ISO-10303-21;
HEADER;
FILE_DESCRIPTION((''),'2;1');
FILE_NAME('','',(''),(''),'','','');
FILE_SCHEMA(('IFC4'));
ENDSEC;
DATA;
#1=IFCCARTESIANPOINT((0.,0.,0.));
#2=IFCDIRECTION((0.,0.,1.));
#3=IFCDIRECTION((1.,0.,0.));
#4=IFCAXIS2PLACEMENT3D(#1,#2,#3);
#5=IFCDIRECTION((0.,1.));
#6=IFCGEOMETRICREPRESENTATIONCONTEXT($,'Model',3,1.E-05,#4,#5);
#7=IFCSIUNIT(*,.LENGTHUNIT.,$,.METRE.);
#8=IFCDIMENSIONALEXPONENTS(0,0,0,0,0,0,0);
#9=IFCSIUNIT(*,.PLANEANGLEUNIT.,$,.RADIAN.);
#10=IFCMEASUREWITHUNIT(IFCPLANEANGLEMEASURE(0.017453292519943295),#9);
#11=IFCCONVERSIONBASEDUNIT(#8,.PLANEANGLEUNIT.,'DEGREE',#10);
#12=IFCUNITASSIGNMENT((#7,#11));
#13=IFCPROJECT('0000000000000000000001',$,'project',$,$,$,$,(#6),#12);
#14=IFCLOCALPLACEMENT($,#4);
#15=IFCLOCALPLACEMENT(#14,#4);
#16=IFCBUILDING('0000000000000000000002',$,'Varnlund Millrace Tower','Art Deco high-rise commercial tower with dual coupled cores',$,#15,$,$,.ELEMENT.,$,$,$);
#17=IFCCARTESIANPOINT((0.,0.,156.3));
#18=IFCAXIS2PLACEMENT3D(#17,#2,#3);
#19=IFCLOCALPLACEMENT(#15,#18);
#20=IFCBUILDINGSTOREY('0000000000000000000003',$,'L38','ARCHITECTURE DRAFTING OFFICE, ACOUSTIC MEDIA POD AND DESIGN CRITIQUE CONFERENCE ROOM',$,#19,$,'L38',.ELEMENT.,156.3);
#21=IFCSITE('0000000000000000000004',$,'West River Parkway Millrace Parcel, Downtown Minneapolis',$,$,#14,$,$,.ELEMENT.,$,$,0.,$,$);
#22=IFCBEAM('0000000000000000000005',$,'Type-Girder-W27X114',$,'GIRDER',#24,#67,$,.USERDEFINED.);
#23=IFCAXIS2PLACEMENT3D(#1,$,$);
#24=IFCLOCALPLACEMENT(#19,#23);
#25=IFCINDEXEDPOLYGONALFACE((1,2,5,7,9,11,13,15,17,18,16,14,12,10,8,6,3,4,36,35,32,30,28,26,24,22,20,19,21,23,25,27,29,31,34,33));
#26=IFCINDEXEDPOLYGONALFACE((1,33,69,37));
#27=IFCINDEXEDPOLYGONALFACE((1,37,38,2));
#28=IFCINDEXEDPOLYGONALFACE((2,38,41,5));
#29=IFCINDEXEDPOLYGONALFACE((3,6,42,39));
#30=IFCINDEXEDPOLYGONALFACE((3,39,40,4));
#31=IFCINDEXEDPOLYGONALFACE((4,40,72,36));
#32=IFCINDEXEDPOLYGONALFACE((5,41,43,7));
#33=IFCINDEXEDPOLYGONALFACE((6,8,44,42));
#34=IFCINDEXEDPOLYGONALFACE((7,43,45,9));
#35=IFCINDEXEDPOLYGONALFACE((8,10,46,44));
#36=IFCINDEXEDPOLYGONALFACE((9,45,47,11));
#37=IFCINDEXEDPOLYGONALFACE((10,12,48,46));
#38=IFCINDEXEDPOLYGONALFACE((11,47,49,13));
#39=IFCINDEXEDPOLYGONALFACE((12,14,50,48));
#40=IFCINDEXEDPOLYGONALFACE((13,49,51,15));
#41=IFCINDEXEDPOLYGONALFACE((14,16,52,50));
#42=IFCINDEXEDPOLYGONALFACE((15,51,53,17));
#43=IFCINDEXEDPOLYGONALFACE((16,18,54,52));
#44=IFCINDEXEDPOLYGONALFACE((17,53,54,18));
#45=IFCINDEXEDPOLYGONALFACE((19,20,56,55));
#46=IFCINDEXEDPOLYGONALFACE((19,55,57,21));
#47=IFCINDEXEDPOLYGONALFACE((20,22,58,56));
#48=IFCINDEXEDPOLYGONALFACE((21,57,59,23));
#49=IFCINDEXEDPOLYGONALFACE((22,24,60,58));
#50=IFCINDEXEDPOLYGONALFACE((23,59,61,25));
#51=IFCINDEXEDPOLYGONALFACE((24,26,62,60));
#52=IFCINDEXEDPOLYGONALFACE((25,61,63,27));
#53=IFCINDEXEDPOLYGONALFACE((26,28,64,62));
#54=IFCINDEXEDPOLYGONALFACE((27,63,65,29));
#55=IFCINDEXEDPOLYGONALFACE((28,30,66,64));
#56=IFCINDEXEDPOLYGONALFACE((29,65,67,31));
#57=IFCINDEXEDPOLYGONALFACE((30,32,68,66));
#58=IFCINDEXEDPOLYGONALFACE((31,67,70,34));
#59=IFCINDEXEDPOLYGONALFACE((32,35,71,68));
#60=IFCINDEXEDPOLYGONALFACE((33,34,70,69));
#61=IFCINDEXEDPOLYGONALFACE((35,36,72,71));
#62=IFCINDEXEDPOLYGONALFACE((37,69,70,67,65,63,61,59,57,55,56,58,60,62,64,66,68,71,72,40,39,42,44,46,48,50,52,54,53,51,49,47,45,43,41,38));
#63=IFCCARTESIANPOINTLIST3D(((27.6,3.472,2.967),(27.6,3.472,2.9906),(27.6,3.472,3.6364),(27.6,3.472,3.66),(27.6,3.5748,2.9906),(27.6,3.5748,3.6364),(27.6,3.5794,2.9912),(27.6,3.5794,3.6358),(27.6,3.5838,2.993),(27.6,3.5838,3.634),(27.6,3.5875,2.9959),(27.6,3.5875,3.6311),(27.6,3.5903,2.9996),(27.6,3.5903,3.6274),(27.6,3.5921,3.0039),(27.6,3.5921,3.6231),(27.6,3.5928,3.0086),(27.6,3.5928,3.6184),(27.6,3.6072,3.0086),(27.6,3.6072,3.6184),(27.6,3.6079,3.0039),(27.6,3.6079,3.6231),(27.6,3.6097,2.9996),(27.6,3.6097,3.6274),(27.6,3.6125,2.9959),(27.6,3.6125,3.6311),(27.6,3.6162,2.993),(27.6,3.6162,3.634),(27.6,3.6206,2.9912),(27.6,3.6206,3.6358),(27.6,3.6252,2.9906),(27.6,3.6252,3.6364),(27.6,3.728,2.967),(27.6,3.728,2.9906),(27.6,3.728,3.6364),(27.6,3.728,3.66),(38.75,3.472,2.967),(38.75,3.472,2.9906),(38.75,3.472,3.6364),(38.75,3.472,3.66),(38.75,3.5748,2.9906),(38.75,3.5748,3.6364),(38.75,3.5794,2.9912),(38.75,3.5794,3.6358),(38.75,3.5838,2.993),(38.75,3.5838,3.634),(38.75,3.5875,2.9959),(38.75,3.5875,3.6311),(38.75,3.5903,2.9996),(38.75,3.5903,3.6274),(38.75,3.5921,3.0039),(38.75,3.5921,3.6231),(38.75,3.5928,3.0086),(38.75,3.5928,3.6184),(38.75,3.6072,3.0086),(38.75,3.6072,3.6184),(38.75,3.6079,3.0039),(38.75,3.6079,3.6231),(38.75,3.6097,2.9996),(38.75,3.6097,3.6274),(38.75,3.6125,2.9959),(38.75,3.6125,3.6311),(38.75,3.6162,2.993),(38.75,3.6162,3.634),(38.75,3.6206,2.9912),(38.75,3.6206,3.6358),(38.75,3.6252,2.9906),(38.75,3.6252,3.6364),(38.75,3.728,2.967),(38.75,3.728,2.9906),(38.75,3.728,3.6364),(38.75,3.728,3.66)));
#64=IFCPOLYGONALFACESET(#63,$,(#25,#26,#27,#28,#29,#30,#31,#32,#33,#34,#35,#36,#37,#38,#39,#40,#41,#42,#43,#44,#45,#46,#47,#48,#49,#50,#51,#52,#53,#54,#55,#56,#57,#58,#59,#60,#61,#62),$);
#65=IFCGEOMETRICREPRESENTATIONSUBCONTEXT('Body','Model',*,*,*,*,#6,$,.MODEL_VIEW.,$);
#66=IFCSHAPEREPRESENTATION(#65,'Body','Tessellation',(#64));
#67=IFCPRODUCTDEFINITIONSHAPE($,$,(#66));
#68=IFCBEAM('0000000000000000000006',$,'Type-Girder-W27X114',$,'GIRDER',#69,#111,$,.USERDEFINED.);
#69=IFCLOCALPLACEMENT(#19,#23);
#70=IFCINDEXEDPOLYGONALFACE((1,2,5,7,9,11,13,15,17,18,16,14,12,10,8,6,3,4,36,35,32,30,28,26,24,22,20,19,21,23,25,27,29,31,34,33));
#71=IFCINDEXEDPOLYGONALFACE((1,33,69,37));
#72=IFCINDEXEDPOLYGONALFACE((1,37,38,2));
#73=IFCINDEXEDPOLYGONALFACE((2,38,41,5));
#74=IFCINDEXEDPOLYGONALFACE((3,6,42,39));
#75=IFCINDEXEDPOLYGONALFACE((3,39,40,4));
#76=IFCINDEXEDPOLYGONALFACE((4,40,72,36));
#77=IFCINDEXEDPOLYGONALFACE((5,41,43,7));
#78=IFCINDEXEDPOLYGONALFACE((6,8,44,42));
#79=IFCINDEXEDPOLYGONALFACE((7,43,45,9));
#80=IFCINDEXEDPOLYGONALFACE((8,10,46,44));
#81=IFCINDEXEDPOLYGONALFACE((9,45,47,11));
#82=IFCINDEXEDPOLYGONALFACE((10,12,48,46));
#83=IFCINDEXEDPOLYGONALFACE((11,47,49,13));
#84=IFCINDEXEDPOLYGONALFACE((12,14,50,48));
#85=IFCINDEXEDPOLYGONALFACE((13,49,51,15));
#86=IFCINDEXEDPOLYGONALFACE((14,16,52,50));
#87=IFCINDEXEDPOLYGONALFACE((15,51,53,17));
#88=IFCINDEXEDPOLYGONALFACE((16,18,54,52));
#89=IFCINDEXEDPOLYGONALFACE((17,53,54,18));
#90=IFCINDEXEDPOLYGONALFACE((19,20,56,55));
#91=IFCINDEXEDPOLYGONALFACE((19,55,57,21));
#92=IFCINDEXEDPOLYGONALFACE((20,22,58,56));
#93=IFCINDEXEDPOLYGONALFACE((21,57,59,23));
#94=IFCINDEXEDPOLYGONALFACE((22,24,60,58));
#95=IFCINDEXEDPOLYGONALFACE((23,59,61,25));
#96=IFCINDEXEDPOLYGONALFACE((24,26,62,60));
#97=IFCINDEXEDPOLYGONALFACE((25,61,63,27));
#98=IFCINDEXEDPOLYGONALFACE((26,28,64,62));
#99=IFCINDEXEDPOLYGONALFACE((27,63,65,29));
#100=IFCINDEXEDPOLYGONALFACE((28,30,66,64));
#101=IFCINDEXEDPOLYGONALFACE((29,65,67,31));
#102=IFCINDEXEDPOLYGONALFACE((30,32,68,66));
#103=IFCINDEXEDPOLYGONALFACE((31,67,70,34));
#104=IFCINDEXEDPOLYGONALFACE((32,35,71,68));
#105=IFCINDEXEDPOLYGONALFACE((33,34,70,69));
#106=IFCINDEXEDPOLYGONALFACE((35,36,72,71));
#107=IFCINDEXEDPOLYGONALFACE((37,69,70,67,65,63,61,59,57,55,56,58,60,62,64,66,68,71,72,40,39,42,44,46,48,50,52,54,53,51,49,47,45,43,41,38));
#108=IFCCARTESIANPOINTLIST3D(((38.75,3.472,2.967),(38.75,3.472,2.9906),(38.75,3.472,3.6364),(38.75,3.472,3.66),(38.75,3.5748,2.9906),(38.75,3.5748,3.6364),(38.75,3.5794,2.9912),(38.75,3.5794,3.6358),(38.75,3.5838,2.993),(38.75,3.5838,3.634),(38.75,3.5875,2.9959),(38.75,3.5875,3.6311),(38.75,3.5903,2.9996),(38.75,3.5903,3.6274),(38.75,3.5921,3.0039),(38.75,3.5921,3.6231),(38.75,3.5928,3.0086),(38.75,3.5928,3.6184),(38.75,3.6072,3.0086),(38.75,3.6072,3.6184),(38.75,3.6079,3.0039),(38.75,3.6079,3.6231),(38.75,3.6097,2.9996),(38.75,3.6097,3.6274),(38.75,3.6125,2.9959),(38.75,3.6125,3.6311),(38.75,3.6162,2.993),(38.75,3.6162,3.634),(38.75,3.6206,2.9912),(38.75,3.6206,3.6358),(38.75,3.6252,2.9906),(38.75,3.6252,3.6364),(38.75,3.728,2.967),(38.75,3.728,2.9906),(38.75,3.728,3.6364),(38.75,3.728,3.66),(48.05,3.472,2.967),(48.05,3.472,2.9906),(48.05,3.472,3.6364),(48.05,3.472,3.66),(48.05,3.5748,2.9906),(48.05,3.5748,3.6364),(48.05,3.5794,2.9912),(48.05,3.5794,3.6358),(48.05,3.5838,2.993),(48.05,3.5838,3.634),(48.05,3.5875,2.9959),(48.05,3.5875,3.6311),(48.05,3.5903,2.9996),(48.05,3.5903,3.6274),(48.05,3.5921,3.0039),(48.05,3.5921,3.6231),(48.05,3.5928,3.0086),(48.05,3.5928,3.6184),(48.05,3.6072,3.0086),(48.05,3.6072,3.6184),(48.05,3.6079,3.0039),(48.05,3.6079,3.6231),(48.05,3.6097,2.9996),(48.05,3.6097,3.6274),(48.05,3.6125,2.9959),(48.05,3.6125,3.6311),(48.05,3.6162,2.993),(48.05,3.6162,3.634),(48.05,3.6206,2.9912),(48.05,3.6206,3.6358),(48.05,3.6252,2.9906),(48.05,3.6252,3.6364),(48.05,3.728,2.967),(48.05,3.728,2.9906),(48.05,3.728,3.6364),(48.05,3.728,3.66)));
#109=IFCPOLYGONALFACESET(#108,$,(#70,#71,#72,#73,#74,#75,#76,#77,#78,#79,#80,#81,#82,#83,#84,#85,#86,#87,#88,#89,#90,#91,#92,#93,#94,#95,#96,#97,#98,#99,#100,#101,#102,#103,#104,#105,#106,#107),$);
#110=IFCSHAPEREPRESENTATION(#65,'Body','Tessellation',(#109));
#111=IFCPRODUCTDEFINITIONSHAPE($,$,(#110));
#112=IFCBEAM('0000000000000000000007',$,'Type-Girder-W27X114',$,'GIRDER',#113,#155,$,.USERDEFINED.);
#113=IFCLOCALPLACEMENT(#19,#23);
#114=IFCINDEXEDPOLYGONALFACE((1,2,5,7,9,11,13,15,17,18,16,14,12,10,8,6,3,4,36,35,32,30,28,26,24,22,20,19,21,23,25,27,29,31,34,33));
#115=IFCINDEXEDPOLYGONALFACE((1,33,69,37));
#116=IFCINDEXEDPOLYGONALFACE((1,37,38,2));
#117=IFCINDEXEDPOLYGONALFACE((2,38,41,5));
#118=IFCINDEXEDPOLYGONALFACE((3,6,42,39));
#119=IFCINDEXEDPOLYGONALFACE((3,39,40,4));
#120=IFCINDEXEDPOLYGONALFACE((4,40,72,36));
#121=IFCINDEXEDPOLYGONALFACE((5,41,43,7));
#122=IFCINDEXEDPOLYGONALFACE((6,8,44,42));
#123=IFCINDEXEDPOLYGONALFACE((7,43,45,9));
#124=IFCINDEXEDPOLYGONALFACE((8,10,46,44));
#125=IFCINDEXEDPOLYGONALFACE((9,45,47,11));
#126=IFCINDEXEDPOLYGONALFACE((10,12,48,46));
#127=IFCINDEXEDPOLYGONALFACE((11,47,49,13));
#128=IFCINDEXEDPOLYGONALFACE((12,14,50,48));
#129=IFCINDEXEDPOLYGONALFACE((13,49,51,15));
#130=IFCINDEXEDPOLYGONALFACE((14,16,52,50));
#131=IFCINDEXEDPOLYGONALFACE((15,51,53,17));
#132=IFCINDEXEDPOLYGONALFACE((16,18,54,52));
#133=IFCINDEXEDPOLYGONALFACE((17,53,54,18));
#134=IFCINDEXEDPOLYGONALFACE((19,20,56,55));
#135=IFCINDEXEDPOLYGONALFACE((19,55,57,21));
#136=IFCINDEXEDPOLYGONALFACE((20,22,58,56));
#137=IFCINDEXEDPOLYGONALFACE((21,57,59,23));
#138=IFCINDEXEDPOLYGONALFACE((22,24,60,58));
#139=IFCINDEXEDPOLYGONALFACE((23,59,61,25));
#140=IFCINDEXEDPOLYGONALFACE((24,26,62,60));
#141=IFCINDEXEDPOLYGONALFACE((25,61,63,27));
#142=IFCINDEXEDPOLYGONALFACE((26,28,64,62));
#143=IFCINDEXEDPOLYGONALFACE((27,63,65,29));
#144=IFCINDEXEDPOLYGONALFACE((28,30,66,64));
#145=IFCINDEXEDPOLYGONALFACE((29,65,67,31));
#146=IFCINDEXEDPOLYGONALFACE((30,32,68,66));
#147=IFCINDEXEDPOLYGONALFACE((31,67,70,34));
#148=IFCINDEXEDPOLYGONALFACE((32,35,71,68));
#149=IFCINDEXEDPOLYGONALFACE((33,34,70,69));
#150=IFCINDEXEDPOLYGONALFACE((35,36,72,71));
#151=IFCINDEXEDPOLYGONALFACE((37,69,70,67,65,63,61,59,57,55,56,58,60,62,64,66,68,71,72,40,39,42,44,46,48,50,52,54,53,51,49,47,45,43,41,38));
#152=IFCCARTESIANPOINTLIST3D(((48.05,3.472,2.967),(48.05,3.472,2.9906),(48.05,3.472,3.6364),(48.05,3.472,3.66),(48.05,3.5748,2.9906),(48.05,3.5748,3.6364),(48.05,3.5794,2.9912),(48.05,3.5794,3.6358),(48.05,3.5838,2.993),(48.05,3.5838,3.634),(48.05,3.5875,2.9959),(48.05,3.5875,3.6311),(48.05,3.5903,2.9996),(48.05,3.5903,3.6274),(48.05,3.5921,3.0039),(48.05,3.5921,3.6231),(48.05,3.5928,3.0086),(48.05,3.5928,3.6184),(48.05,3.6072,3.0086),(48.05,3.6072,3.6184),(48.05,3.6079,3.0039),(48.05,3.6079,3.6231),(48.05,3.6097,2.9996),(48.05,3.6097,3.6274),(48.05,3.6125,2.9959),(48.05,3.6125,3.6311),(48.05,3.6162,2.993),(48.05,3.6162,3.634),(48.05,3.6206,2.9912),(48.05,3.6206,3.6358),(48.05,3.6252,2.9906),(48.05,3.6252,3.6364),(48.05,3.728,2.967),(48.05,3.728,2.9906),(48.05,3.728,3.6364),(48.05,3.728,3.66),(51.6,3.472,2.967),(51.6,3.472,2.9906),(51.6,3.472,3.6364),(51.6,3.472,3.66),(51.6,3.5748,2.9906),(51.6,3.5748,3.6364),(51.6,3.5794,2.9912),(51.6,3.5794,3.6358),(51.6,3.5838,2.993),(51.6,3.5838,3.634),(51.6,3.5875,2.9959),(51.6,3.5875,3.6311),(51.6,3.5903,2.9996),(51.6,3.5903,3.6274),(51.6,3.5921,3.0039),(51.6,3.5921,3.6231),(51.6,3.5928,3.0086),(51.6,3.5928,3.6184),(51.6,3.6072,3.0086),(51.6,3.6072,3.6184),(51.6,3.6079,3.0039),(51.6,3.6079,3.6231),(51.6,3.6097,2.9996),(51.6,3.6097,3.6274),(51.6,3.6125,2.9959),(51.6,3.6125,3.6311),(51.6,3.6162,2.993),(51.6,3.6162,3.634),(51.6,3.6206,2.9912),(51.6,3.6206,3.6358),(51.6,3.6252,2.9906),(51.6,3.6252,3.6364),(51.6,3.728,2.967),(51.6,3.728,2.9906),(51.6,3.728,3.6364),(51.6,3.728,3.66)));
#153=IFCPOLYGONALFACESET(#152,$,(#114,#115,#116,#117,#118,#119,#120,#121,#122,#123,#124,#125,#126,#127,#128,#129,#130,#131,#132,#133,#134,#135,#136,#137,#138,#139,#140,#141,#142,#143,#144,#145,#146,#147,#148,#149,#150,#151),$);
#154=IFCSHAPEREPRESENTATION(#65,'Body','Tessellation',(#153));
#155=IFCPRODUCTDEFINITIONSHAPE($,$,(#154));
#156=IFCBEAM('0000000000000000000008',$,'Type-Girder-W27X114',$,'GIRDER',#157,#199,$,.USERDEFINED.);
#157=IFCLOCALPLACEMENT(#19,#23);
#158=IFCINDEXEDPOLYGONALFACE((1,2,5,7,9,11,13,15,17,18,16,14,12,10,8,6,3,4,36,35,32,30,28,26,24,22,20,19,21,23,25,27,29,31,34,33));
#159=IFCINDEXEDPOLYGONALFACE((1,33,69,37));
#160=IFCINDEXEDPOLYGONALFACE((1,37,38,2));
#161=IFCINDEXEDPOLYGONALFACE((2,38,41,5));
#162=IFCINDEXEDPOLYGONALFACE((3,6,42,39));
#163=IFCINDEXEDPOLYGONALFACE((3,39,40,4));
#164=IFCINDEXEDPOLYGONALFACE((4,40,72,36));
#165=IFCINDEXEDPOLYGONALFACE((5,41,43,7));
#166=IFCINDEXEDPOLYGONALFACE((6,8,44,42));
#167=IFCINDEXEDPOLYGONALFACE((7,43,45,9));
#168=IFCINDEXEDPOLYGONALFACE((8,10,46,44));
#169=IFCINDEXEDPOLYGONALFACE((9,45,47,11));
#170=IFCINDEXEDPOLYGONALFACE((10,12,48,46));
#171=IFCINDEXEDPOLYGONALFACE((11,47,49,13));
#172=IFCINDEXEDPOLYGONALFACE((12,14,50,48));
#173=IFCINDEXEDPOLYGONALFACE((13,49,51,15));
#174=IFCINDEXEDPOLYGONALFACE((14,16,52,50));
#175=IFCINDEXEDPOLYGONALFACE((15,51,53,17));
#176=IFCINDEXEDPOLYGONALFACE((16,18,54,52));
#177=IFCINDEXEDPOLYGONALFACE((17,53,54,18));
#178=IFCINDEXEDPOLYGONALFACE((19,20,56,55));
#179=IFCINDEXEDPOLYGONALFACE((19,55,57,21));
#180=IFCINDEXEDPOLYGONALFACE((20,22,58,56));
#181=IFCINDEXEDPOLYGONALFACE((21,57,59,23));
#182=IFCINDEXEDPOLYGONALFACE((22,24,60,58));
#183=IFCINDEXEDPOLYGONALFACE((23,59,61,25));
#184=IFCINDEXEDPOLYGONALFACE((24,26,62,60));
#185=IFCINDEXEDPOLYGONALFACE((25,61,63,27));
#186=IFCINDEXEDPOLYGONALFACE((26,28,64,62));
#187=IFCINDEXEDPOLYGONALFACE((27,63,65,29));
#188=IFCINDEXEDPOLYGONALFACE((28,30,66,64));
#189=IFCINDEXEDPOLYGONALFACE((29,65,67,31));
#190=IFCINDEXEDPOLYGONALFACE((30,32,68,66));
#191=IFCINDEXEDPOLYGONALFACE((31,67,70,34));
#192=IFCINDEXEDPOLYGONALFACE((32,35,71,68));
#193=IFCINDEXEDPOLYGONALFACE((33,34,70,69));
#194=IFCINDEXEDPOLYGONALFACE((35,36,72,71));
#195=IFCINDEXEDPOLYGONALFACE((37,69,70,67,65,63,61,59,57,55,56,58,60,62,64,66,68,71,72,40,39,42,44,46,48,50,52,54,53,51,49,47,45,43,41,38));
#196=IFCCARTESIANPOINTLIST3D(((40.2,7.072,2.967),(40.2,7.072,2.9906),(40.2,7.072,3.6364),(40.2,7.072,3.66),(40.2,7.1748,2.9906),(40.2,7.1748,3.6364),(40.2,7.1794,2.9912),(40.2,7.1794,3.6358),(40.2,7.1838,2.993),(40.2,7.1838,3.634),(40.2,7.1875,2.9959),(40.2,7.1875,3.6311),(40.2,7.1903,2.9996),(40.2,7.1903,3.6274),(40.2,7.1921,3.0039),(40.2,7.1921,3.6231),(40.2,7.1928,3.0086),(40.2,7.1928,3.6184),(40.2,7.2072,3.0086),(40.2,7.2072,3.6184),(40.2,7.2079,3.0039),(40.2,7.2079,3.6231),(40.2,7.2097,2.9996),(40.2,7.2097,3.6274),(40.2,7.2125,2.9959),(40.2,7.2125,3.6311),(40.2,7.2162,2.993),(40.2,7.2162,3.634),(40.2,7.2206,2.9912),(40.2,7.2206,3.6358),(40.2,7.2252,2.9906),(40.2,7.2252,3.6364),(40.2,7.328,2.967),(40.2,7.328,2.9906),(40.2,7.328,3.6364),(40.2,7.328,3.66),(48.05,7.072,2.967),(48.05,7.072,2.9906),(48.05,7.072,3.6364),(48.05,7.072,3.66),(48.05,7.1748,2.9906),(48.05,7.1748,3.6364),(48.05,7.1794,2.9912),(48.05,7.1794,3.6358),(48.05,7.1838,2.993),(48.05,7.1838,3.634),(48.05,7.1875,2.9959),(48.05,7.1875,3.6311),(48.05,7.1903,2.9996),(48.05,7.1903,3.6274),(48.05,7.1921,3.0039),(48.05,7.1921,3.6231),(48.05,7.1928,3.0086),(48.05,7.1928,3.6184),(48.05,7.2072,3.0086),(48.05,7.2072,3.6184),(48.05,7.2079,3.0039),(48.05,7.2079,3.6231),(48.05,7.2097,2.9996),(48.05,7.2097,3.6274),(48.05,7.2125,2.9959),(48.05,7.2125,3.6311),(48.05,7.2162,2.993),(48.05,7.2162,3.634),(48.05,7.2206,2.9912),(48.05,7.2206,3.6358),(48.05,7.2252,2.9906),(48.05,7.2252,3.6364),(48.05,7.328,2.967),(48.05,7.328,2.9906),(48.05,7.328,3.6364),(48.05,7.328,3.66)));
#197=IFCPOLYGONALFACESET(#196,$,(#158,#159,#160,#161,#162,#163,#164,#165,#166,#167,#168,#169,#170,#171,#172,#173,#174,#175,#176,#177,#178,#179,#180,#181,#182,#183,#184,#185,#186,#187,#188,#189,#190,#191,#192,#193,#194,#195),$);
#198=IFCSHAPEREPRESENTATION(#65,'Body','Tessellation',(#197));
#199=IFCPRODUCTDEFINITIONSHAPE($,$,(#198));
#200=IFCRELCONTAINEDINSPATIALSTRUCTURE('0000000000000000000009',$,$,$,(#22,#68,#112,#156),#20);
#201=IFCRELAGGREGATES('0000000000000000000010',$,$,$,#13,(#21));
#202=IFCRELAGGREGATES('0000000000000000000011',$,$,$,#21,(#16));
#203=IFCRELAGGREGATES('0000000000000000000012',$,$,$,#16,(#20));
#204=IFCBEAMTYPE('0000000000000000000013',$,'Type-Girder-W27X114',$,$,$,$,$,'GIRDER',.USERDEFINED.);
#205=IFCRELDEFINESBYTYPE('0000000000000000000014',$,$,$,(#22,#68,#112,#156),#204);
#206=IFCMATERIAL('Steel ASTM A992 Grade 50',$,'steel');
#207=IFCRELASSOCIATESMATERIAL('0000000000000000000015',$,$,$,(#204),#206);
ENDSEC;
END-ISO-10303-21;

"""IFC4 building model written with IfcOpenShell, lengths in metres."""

from ifc_helpers import new_model, entity, si_unit, converted_unit, direction, frame, origin_with_axes, origin_2d_with_axis, place, context, subcontext, project, spatial, i_section, extrude, material, material_profile, profile_set, type_object, element, save


model = new_model("IFC4")

# Units and contexts
model_context = context("Model", 3, precision=1e-05, world=origin_with_axes(), true_north=direction((0.0, 1.0)))
body_context = subcontext(model_context, "Body", "Model", "MODEL_VIEW")
ifc_project = project(units=[si_unit("LENGTHUNIT", "METRE"), converted_unit("PLANEANGLEUNIT", "DEGREE", entity("IfcPlaneAngleMeasure", 0.017453292519943295), si_unit("PLANEANGLEUNIT", "RADIAN"), dimensions=[0, 0, 0, 0, 0, 0, 0])], contexts=[model_context])

# Site, building, storey
site_placement = place(None, origin_with_axes())
site = spatial("IfcSite", under=ifc_project, at=site_placement, Name="West River Parkway Millrace Parcel, Downtown Minneapolis", CompositionType="ELEMENT", RefElevation=0.0)
building_placement = place(site_placement, origin_with_axes())
building = spatial("IfcBuilding", under=site, at=building_placement, Name="Varnlund Millrace Tower", Description="Art Deco high-rise commercial tower with dual coupled cores", CompositionType="ELEMENT")
storey_placement = place(building_placement, frame((0.0, 0.0, 156.3), z_axis=(0.0, 0.0, 1.0), x_axis=(1.0, 0.0, 0.0)))
storey = spatial("IfcBuildingStorey", under=building, at=storey_placement, Name="L38", Description="ARCHITECTURE DRAFTING OFFICE, ACOUSTIC MEDIA POD AND DESIGN CRITIQUE CONFERENCE ROOM", LongName="L38", CompositionType="ELEMENT", Elevation=156.3)

# Beams
ifc_material_1 = material(Name="Steel ASTM A992 Grade 50", Category="steel")
ifc_material_profile_1 = material_profile(ifc_material_1, i_section(OverallWidth=0.256, OverallDepth=0.693, WebThickness=0.0145, FlangeThickness=0.0236, FilletRadius=0.018, at=origin_2d_with_axis()), Name="Steel ASTM A992 Grade 50")
ifc_profile_set_1 = profile_set([ifc_material_profile_1], Name="Steel ASTM A992 Grade 50")
beam_type_1 = type_object("IfcBeamType", Name="Type-Girder-W27X114", ElementType="GIRDER", PredefinedType="USERDEFINED", material=ifc_profile_set_1)
beam_1_placement = place(storey_placement, frame((27.6, 3.6, 3.3135), z_axis=(1.0, 0.0, 0.0), x_axis=(0.0, 1.0, 0.0)))
element("IfcBeam", 1, at=beam_1_placement, inside=storey, type_object=beam_type_1, Name="Type-Girder-W27X114", ObjectType="GIRDER", PredefinedType="USERDEFINED", context=body_context, shape_type="SweptSolid", body=[
    extrude(i_section(OverallWidth=0.256, OverallDepth=0.693, WebThickness=0.0145, FlangeThickness=0.0236, FilletRadius=0.018, at=origin_2d_with_axis()), origin_with_axes(), (0.0, 0.0, 1.0), 11.15),
])
beam_2_placement = place(storey_placement, frame((38.75, 3.6, 3.3135), z_axis=(1.0, 0.0, 0.0), x_axis=(0.0, 1.0, 0.0)))
element("IfcBeam", 2, at=beam_2_placement, inside=storey, type_object=beam_type_1, Name="Type-Girder-W27X114", ObjectType="GIRDER", PredefinedType="USERDEFINED", context=body_context, shape_type="SweptSolid", body=[
    extrude(i_section(OverallWidth=0.256, OverallDepth=0.693, WebThickness=0.0145, FlangeThickness=0.0236, FilletRadius=0.018, at=origin_2d_with_axis()), origin_with_axes(), (0.0, 0.0, 1.0), 9.3),
])
beam_3_placement = place(storey_placement, frame((48.05, 3.6, 3.3135), z_axis=(1.0, 0.0, 0.0), x_axis=(0.0, 1.0, 0.0)))
element("IfcBeam", 3, at=beam_3_placement, inside=storey, type_object=beam_type_1, Name="Type-Girder-W27X114", ObjectType="GIRDER", PredefinedType="USERDEFINED", context=body_context, shape_type="SweptSolid", body=[
    extrude(i_section(OverallWidth=0.256, OverallDepth=0.693, WebThickness=0.0145, FlangeThickness=0.0236, FilletRadius=0.018, at=origin_2d_with_axis()), origin_with_axes(), (0.0, 0.0, 1.0), 3.55),
])
beam_4_placement = place(storey_placement, frame((40.2, 7.2, 3.3135), z_axis=(1.0, 0.0, 0.0), x_axis=(0.0, 1.0, 0.0)))
element("IfcBeam", 4, at=beam_4_placement, inside=storey, type_object=beam_type_1, Name="Type-Girder-W27X114", ObjectType="GIRDER", PredefinedType="USERDEFINED", context=body_context, shape_type="SweptSolid", body=[
    extrude(i_section(OverallWidth=0.256, OverallDepth=0.693, WebThickness=0.0145, FlangeThickness=0.0236, FilletRadius=0.018, at=origin_2d_with_axis()), origin_with_axes(), (0.0, 0.0, 1.0), 7.85),
])

save(model, "model.ifc")
